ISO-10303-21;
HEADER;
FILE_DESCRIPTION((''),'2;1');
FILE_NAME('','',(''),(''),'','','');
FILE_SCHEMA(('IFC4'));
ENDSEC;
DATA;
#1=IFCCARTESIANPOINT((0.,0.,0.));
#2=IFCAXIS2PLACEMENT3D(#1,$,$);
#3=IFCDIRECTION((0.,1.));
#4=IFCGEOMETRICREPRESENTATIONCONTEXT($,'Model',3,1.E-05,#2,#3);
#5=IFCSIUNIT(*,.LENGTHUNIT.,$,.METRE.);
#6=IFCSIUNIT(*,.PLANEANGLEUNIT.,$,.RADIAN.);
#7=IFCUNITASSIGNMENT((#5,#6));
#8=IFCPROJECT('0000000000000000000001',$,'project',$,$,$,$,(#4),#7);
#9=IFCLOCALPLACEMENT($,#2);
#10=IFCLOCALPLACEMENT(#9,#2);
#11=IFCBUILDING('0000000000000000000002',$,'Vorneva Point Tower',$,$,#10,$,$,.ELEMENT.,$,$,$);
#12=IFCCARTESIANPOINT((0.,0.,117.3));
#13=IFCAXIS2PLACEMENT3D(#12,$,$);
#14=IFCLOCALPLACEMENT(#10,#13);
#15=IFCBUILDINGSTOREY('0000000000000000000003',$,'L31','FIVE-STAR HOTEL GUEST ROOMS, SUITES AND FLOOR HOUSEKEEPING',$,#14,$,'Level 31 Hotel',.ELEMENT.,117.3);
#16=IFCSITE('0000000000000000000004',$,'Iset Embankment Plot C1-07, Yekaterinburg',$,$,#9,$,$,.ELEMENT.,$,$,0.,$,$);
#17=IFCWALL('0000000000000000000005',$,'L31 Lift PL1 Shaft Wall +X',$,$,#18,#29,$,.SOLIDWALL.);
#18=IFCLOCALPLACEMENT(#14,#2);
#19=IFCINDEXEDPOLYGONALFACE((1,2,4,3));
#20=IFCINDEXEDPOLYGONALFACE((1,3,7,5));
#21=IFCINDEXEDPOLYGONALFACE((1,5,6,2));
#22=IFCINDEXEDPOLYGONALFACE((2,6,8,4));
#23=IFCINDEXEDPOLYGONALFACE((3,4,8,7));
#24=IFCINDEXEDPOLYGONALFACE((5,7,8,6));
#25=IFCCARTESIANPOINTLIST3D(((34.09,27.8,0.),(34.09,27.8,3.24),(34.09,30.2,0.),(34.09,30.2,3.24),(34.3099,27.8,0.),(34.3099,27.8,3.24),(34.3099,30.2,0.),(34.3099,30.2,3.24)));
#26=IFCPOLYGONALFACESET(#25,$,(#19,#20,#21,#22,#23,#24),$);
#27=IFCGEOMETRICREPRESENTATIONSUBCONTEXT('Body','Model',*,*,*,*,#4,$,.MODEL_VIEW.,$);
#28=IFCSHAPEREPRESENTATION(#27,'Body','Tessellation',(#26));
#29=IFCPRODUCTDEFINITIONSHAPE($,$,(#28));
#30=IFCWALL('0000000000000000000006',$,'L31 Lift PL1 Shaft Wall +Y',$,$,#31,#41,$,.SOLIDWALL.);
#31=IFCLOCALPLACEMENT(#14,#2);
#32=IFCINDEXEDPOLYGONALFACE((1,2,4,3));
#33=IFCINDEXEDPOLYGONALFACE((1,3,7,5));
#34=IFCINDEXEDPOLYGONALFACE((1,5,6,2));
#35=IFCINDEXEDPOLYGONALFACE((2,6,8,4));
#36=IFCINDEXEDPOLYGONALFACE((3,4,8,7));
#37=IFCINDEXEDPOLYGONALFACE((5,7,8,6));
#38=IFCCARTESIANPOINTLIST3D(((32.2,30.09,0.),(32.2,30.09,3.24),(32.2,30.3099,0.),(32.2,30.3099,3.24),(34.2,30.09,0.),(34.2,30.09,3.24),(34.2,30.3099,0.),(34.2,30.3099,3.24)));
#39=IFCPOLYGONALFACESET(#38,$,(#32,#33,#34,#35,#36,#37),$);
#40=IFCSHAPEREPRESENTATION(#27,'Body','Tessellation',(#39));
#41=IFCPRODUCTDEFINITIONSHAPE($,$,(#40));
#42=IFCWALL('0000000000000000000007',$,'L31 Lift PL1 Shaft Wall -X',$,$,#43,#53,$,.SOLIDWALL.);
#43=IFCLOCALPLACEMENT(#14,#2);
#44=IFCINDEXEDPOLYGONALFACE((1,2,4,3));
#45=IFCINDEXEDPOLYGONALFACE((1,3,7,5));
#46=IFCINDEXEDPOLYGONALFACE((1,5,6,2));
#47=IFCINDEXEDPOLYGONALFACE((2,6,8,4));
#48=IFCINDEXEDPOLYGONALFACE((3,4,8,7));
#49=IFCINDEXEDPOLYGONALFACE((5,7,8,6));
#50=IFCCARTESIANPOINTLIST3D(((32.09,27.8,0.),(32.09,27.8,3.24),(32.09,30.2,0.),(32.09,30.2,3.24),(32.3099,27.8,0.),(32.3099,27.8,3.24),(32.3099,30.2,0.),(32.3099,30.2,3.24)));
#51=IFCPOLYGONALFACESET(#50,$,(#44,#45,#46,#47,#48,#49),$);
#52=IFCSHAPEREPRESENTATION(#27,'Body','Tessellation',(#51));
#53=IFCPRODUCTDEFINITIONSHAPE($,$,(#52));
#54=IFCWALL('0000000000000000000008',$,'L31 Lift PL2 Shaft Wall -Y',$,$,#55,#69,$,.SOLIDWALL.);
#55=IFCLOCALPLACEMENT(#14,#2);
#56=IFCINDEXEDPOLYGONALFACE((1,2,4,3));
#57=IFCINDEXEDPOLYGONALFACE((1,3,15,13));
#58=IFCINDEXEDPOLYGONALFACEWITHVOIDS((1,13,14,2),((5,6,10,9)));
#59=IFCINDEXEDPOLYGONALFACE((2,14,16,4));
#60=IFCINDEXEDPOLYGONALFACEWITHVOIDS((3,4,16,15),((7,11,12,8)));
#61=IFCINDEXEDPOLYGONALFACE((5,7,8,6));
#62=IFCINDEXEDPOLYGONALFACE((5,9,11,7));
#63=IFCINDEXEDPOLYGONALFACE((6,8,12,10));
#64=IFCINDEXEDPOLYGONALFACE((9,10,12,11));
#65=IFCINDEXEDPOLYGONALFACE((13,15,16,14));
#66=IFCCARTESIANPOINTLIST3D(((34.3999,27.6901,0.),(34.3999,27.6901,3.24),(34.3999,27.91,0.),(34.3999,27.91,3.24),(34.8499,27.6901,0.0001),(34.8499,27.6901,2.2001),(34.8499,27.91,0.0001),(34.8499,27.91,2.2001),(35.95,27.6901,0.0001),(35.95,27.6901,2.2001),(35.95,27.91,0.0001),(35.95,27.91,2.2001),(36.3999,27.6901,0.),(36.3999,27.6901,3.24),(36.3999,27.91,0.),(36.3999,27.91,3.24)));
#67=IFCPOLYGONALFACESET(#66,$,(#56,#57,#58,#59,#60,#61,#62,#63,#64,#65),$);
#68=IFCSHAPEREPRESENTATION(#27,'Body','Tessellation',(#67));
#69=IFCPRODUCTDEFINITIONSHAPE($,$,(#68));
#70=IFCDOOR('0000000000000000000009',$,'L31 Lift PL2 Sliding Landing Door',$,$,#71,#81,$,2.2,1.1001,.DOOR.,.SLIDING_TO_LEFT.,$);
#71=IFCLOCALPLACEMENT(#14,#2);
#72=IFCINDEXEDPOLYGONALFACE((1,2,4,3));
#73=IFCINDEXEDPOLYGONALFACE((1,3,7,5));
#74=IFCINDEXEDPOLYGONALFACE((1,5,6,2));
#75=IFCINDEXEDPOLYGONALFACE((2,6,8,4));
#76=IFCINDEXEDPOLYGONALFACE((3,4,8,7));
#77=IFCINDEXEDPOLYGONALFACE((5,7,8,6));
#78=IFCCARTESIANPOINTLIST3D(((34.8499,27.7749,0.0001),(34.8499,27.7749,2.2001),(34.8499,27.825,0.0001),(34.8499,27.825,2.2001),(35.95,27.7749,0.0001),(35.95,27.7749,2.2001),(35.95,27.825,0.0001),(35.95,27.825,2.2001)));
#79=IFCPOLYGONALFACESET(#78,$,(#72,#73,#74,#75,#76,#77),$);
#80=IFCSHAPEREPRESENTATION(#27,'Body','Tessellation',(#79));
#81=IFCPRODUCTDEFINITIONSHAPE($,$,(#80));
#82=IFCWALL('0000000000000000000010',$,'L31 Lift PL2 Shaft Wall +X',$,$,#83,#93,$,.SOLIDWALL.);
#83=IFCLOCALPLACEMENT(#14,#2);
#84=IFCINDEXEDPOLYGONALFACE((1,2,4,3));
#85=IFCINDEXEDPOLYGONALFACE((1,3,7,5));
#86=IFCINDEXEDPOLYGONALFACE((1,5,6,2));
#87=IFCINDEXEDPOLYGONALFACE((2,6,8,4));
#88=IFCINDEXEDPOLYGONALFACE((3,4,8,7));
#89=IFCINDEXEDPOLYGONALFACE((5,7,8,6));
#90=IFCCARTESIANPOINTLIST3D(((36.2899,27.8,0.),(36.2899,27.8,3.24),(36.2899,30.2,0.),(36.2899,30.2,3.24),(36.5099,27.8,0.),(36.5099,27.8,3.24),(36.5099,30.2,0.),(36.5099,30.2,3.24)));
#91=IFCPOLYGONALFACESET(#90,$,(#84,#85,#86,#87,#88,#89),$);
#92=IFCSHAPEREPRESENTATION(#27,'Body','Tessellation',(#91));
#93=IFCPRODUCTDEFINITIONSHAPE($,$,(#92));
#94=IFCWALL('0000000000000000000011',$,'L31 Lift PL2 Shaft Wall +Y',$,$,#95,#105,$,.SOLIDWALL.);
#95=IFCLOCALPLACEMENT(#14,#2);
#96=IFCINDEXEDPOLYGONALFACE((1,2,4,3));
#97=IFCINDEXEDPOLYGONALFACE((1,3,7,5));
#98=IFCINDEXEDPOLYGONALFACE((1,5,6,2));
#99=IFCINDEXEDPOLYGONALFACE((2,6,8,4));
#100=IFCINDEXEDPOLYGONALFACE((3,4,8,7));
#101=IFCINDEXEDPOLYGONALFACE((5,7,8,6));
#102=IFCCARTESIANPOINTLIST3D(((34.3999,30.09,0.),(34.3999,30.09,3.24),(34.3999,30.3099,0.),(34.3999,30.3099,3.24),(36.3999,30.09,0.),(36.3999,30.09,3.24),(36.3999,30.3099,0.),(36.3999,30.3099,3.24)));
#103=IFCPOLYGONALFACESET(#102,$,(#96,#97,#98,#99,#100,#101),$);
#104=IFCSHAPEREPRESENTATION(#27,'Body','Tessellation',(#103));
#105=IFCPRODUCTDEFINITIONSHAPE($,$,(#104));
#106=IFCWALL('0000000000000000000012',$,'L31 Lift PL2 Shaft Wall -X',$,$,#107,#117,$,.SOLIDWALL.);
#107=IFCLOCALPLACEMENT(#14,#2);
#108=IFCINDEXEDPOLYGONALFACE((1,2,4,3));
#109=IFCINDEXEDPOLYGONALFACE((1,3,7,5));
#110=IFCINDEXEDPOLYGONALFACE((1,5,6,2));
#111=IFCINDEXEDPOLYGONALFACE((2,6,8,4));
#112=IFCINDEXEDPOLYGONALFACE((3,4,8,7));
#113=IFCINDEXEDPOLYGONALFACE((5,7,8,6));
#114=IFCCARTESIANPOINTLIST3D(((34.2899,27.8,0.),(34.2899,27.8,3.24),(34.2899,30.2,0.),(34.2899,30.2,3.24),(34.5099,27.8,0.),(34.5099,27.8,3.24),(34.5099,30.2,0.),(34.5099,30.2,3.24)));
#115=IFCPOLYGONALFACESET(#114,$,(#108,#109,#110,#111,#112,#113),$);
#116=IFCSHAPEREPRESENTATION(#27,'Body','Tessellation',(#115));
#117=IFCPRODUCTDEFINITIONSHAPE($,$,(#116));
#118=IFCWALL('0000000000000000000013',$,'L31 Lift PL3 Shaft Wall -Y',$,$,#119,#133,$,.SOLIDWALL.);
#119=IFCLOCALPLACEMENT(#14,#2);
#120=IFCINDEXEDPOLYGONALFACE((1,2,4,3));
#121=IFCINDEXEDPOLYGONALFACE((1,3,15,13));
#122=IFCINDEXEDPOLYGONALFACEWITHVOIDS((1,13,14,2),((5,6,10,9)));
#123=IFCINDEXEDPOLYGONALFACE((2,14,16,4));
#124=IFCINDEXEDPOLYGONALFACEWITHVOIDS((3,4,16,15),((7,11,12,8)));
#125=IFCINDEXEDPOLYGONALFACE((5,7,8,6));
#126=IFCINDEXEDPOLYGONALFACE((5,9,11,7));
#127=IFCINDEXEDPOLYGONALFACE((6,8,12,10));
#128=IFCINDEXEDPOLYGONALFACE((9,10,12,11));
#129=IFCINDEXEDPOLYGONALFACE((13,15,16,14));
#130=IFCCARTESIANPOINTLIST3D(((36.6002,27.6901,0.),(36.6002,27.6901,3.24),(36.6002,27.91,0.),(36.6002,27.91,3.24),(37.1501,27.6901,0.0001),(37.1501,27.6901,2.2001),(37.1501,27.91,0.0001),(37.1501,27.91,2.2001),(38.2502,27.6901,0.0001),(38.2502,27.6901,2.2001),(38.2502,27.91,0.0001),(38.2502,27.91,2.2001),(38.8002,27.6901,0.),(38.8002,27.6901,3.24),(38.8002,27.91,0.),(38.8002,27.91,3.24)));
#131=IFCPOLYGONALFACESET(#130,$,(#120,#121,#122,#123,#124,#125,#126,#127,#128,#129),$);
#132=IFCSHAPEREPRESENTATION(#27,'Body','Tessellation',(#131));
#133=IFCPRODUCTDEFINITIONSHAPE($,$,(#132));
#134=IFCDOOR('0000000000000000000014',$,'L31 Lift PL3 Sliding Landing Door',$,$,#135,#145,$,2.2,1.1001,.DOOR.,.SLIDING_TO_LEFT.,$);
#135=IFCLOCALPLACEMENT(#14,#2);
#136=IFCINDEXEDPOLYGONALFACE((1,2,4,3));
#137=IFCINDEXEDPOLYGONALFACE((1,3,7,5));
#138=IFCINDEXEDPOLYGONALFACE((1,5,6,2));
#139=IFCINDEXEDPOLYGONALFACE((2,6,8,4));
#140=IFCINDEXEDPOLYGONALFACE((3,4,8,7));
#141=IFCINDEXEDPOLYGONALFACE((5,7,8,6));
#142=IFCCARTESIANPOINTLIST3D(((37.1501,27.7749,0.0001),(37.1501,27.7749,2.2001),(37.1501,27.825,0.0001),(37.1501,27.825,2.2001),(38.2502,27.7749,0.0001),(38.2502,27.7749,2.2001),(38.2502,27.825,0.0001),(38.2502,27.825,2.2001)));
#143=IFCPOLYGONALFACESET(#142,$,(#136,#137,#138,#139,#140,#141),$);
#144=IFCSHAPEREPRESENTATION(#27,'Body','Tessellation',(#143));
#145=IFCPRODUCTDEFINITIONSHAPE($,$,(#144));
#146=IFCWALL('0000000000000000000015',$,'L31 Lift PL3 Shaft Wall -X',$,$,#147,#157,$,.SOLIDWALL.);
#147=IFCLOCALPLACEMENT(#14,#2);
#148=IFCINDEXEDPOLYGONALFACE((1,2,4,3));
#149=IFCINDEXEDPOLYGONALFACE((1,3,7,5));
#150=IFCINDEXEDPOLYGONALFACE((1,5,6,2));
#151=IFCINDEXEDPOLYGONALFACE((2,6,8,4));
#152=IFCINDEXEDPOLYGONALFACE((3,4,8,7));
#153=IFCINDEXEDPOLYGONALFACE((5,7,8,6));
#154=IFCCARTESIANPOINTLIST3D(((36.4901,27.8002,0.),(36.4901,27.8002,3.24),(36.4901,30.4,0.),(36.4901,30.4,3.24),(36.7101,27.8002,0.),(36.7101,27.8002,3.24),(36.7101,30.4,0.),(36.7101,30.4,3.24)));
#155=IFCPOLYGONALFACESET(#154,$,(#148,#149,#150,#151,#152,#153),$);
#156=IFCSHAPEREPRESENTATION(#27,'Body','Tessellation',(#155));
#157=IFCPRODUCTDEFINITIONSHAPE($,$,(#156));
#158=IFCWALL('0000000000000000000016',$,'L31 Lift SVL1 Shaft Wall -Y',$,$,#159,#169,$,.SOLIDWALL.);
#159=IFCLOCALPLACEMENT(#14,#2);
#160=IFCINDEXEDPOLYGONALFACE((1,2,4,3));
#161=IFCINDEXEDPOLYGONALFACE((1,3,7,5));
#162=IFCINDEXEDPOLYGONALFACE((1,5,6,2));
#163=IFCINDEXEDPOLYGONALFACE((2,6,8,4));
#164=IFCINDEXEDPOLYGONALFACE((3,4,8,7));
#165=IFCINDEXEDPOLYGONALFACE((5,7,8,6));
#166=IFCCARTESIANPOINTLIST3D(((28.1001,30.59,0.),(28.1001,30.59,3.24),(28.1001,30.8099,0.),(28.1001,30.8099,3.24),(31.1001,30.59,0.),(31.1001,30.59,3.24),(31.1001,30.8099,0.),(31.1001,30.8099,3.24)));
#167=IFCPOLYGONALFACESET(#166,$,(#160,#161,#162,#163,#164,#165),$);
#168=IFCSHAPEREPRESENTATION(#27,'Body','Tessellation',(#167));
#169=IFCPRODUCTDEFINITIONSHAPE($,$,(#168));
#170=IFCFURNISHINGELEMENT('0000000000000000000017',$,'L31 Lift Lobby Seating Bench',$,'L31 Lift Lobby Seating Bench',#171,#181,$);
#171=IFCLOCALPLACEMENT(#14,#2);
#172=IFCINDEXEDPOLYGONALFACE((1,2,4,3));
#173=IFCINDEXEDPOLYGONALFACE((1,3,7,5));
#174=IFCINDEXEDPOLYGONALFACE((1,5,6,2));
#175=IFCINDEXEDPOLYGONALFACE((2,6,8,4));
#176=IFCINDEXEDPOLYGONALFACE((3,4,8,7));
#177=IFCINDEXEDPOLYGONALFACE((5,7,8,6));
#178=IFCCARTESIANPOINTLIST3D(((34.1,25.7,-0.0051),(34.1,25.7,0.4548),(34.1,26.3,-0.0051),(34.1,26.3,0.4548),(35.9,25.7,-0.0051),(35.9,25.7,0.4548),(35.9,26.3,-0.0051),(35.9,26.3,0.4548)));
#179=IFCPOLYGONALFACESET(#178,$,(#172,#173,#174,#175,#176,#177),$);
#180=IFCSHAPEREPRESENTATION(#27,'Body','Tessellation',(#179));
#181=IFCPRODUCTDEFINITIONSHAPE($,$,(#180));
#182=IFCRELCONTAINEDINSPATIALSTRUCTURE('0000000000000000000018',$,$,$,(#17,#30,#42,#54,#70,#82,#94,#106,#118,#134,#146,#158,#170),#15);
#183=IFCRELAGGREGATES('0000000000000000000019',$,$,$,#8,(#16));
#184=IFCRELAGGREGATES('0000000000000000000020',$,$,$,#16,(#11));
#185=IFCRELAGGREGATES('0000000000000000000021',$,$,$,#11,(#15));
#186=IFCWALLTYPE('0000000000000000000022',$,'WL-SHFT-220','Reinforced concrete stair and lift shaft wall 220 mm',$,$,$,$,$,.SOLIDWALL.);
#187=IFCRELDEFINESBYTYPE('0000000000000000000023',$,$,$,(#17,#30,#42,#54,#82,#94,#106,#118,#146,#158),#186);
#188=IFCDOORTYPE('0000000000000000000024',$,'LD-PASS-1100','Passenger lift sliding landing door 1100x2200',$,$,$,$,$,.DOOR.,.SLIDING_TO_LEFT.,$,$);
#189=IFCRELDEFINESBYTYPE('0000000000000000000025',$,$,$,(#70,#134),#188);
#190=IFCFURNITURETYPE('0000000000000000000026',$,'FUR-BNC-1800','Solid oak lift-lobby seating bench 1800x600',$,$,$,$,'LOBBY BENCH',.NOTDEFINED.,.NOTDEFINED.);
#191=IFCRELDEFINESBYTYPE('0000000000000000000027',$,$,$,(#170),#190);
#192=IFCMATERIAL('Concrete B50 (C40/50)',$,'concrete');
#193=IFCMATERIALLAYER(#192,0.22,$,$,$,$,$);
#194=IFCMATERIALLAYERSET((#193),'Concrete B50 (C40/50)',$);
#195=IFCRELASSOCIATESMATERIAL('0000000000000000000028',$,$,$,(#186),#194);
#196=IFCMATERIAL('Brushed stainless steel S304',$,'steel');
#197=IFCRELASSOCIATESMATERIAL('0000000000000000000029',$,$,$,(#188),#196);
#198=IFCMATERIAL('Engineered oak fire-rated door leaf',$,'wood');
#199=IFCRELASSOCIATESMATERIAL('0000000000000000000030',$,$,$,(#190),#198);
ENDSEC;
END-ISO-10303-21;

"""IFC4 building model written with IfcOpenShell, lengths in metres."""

from ifc_helpers import new_model, si_unit, direction, frame, frame_2d, origin, origin_2d, place, context, subcontext, project, spatial, rectangle, extrude, material, layer, layer_set, type_object, element, fill, save


model = new_model("IFC4")

# Units and contexts
model_context = context("Model", 3, precision=1e-05, world=origin(), true_north=direction((0.0, 1.0)))
body_context = subcontext(model_context, "Body", "Model", "MODEL_VIEW")
ifc_project = project(units=[si_unit("LENGTHUNIT", "METRE"), si_unit("PLANEANGLEUNIT", "RADIAN")], contexts=[model_context])

# Site, building, storey
site_placement = place(None, origin())
site = spatial("IfcSite", under=ifc_project, at=site_placement, Name="Iset Embankment Plot C1-07, Yekaterinburg", CompositionType="ELEMENT", RefElevation=0.0)
building_placement = place(site_placement, origin())
building = spatial("IfcBuilding", under=site, at=building_placement, Name="Vorneva Point Tower", CompositionType="ELEMENT")
storey_placement = place(building_placement, frame((0.0, 0.0, 117.3)))
storey = spatial("IfcBuildingStorey", under=building, at=storey_placement, Name="L31", Description="FIVE-STAR HOTEL GUEST ROOMS, SUITES AND FLOOR HOUSEKEEPING", LongName="Level 31 Hotel", CompositionType="ELEMENT", Elevation=117.3)

# Shared definitions
ifc_material_1 = material(Name="Concrete B50 (C40/50)", Category="concrete")
ifc_layer_1 = layer(ifc_material_1, 0.22)
ifc_layer_set_1 = layer_set([ifc_layer_1], Name="Concrete B50 (C40/50)")
wall_type_1 = type_object("IfcWallType", Name="WL-SHFT-220", Description="Reinforced concrete stair and lift shaft wall 220 mm", PredefinedType="SOLIDWALL", material=ifc_layer_set_1)
ifc_material_2 = material(Name="Brushed stainless steel S304", Category="steel")
door_type = type_object("IfcDoorType", Name="LD-PASS-1100", Description="Passenger lift sliding landing door 1100x2200", OperationType="SLIDING_TO_LEFT", PredefinedType="DOOR", material=ifc_material_2)

# Walls
wall_1_placement = place(storey_placement, frame((34.2, 27.8, 0.0), z_axis=(0.0, 0.0, 1.0), x_axis=(0.0, 1.0, 0.0)))
element("IfcWall", 1, at=wall_1_placement, inside=storey, type_object=wall_type_1, Name="L31 Lift PL1 Shaft Wall +X", PredefinedType="SOLIDWALL", context=body_context, shape_type="SweptSolid", body=[
    extrude(rectangle(XDim=2.3999, YDim=0.22, at=frame_2d((1.2, 0.0))), origin(), (0.0, 0.0, 1.0), 3.24),
])
wall_2_placement = place(storey_placement, frame((34.2, 30.2, 0.0), z_axis=(0.0, 0.0, 1.0), x_axis=(-1.0, 0.0, 0.0)))
element("IfcWall", 2, at=wall_2_placement, inside=storey, type_object=wall_type_1, Name="L31 Lift PL1 Shaft Wall +Y", PredefinedType="SOLIDWALL", context=body_context, shape_type="SweptSolid", body=[
    extrude(rectangle(XDim=2.0, YDim=0.22, at=frame_2d((1.0, 0.0))), origin(), (0.0, 0.0, 1.0), 3.24),
])
wall_3_placement = place(storey_placement, frame((32.2, 30.2, 0.0), z_axis=(0.0, 0.0, 1.0), x_axis=(0.0, -1.0, 0.0)))
element("IfcWall", 3, at=wall_3_placement, inside=storey, type_object=wall_type_1, Name="L31 Lift PL1 Shaft Wall -X", PredefinedType="SOLIDWALL", context=body_context, shape_type="SweptSolid", body=[
    extrude(rectangle(XDim=2.3999, YDim=0.22, at=frame_2d((1.2, 0.0))), origin(), (0.0, 0.0, 1.0), 3.24),
])

# Wall, opening, door
wall_4_placement = place(storey_placement, frame((34.3999, 27.8, 0.0), z_axis=(0.0, 0.0, 1.0), x_axis=(1.0, 0.0, 0.0)))
wall_4 = element("IfcWall", 4, at=wall_4_placement, inside=storey, type_object=wall_type_1, Name="L31 Lift PL2 Shaft Wall -Y", PredefinedType="SOLIDWALL", context=body_context, shape_type="SweptSolid", body=[
    extrude(rectangle(XDim=2.0, YDim=0.22, at=frame_2d((1.0, 0.0))), origin(), (0.0, 0.0, 1.0), 3.24),
])
opening_1_placement = place(wall_4_placement, frame((0.45, 0.0, 0.0)))
opening_1 = element("IfcOpeningElement", 5, at=opening_1_placement, cuts=wall_4, PredefinedType="OPENING", context=body_context, shape_type="SweptSolid", body=[
    extrude(rectangle(XDim=1.1001, YDim=2.2, at=frame_2d((0.55, 1.1001))), frame((0.0, 0.125, 0.0), z_axis=(0.0, -1.0, 0.0), x_axis=(1.0, 0.0, 0.0)), (0.0, 0.0, 1.0), 0.2498),
])
door_1_placement = place(opening_1_placement, origin())
door_1 = element("IfcDoor", 6, at=door_1_placement, inside=storey, type_object=door_type, Name="L31 Lift PL2 Sliding Landing Door", OperationType="SLIDING_TO_LEFT", OverallHeight=2.2, OverallWidth=1.1001, PredefinedType="DOOR", context=body_context, shape_type="SweptSolid", body=[
    extrude(rectangle(XDim=1.1001, YDim=2.2, at=frame_2d((0.55, 1.1001))), frame((0.0, 0.0249, 0.0), z_axis=(0.0, -1.0, 0.0), x_axis=(1.0, 0.0, 0.0)), (0.0, 0.0, 1.0), 0.05),
])
fill(opening_1, door_1)

# Walls
wall_5_placement = place(storey_placement, frame((36.3999, 27.8, 0.0), z_axis=(0.0, 0.0, 1.0), x_axis=(0.0, 1.0, 0.0)))
element("IfcWall", 7, at=wall_5_placement, inside=storey, type_object=wall_type_1, Name="L31 Lift PL2 Shaft Wall +X", PredefinedType="SOLIDWALL", context=body_context, shape_type="SweptSolid", body=[
    extrude(rectangle(XDim=2.3999, YDim=0.22, at=frame_2d((1.2, 0.0))), origin(), (0.0, 0.0, 1.0), 3.24),
])
wall_6_placement = place(storey_placement, frame((36.3999, 30.2, 0.0), z_axis=(0.0, 0.0, 1.0), x_axis=(-1.0, 0.0, 0.0)))
element("IfcWall", 8, at=wall_6_placement, inside=storey, type_object=wall_type_1, Name="L31 Lift PL2 Shaft Wall +Y", PredefinedType="SOLIDWALL", context=body_context, shape_type="SweptSolid", body=[
    extrude(rectangle(XDim=2.0, YDim=0.22, at=frame_2d((1.0, 0.0))), origin(), (0.0, 0.0, 1.0), 3.24),
])
wall_7_placement = place(storey_placement, frame((34.3999, 30.2, 0.0), z_axis=(0.0, 0.0, 1.0), x_axis=(0.0, -1.0, 0.0)))
element("IfcWall", 9, at=wall_7_placement, inside=storey, type_object=wall_type_1, Name="L31 Lift PL2 Shaft Wall -X", PredefinedType="SOLIDWALL", context=body_context, shape_type="SweptSolid", body=[
    extrude(rectangle(XDim=2.3999, YDim=0.22, at=frame_2d((1.2, 0.0))), origin(), (0.0, 0.0, 1.0), 3.24),
])

# Wall, opening, door
wall_8_placement = place(storey_placement, frame((36.6001, 27.8, 0.0), z_axis=(0.0, 0.0, 1.0), x_axis=(1.0, 0.0, 0.0)))
wall_8 = element("IfcWall", 10, at=wall_8_placement, inside=storey, type_object=wall_type_1, Name="L31 Lift PL3 Shaft Wall -Y", PredefinedType="SOLIDWALL", context=body_context, shape_type="SweptSolid", body=[
    extrude(rectangle(XDim=2.2, YDim=0.22, at=frame_2d((1.1001, 0.0))), origin(), (0.0, 0.0, 1.0), 3.24),
])
opening_2_placement = place(wall_8_placement, frame((0.55, 0.0, 0.0)))
opening_2 = element("IfcOpeningElement", 11, at=opening_2_placement, cuts=wall_8, PredefinedType="OPENING", context=body_context, shape_type="SweptSolid", body=[
    extrude(rectangle(XDim=1.1001, YDim=2.2, at=frame_2d((0.55, 1.1001))), frame((0.0, 0.125, 0.0), z_axis=(0.0, -1.0, 0.0), x_axis=(1.0, 0.0, 0.0)), (0.0, 0.0, 1.0), 0.2498),
])
door_2_placement = place(opening_2_placement, origin())
door_2 = element("IfcDoor", 12, at=door_2_placement, inside=storey, type_object=door_type, Name="L31 Lift PL3 Sliding Landing Door", OperationType="SLIDING_TO_LEFT", OverallHeight=2.2, OverallWidth=1.1001, PredefinedType="DOOR", context=body_context, shape_type="SweptSolid", body=[
    extrude(rectangle(XDim=1.1001, YDim=2.2, at=frame_2d((0.55, 1.1001))), frame((0.0, 0.0249, 0.0), z_axis=(0.0, -1.0, 0.0), x_axis=(1.0, 0.0, 0.0)), (0.0, 0.0, 1.0), 0.05),
])
fill(opening_2, door_2)

# Walls
wall_9_placement = place(storey_placement, frame((36.6001, 30.3999, 0.0), z_axis=(0.0, 0.0, 1.0), x_axis=(0.0, -1.0, 0.0)))
element("IfcWall", 13, at=wall_9_placement, inside=storey, type_object=wall_type_1, Name="L31 Lift PL3 Shaft Wall -X", PredefinedType="SOLIDWALL", context=body_context, shape_type="SweptSolid", body=[
    extrude(rectangle(XDim=2.5999, YDim=0.22, at=frame_2d((1.2998, 0.0))), origin(), (0.0, 0.0, 1.0), 3.24),
])
wall_10_placement = place(storey_placement, frame((28.1001, 30.7, 0.0), z_axis=(0.0, 0.0, 1.0), x_axis=(1.0, 0.0, 0.0)))
element("IfcWall", 14, at=wall_10_placement, inside=storey, type_object=wall_type_1, Name="L31 Lift SVL1 Shaft Wall -Y", PredefinedType="SOLIDWALL", context=body_context, shape_type="SweptSolid", body=[
    extrude(rectangle(XDim=3.0, YDim=0.22, at=frame_2d((1.5, 0.0))), origin(), (0.0, 0.0, 1.0), 3.24),
])

# Furnishing element
ifc_material_3 = material(Name="Engineered oak fire-rated door leaf", Category="wood")
furniture_type = type_object("IfcFurnitureType", Name="FUR-BNC-1800", Description="Solid oak lift-lobby seating bench 1800x600", ElementType="LOBBY BENCH", AssemblyPlace="NOTDEFINED", PredefinedType="NOTDEFINED", material=ifc_material_3)
furnishing_placement = place(storey_placement, frame((35.0, 26.0, -0.0051), z_axis=(0.0, 0.0, 1.0), x_axis=(1.0, 0.0, 0.0)))
element("IfcFurnishingElement", 15, at=furnishing_placement, inside=storey, type_object=furniture_type, Name="L31 Lift Lobby Seating Bench", ObjectType="L31 Lift Lobby Seating Bench", context=body_context, shape_type="SweptSolid", body=[
    extrude(rectangle(XDim=1.8, YDim=0.6001, at=origin_2d()), origin(), (0.0, 0.0, 1.0), 0.46),
])

save(model, "model.ifc")
